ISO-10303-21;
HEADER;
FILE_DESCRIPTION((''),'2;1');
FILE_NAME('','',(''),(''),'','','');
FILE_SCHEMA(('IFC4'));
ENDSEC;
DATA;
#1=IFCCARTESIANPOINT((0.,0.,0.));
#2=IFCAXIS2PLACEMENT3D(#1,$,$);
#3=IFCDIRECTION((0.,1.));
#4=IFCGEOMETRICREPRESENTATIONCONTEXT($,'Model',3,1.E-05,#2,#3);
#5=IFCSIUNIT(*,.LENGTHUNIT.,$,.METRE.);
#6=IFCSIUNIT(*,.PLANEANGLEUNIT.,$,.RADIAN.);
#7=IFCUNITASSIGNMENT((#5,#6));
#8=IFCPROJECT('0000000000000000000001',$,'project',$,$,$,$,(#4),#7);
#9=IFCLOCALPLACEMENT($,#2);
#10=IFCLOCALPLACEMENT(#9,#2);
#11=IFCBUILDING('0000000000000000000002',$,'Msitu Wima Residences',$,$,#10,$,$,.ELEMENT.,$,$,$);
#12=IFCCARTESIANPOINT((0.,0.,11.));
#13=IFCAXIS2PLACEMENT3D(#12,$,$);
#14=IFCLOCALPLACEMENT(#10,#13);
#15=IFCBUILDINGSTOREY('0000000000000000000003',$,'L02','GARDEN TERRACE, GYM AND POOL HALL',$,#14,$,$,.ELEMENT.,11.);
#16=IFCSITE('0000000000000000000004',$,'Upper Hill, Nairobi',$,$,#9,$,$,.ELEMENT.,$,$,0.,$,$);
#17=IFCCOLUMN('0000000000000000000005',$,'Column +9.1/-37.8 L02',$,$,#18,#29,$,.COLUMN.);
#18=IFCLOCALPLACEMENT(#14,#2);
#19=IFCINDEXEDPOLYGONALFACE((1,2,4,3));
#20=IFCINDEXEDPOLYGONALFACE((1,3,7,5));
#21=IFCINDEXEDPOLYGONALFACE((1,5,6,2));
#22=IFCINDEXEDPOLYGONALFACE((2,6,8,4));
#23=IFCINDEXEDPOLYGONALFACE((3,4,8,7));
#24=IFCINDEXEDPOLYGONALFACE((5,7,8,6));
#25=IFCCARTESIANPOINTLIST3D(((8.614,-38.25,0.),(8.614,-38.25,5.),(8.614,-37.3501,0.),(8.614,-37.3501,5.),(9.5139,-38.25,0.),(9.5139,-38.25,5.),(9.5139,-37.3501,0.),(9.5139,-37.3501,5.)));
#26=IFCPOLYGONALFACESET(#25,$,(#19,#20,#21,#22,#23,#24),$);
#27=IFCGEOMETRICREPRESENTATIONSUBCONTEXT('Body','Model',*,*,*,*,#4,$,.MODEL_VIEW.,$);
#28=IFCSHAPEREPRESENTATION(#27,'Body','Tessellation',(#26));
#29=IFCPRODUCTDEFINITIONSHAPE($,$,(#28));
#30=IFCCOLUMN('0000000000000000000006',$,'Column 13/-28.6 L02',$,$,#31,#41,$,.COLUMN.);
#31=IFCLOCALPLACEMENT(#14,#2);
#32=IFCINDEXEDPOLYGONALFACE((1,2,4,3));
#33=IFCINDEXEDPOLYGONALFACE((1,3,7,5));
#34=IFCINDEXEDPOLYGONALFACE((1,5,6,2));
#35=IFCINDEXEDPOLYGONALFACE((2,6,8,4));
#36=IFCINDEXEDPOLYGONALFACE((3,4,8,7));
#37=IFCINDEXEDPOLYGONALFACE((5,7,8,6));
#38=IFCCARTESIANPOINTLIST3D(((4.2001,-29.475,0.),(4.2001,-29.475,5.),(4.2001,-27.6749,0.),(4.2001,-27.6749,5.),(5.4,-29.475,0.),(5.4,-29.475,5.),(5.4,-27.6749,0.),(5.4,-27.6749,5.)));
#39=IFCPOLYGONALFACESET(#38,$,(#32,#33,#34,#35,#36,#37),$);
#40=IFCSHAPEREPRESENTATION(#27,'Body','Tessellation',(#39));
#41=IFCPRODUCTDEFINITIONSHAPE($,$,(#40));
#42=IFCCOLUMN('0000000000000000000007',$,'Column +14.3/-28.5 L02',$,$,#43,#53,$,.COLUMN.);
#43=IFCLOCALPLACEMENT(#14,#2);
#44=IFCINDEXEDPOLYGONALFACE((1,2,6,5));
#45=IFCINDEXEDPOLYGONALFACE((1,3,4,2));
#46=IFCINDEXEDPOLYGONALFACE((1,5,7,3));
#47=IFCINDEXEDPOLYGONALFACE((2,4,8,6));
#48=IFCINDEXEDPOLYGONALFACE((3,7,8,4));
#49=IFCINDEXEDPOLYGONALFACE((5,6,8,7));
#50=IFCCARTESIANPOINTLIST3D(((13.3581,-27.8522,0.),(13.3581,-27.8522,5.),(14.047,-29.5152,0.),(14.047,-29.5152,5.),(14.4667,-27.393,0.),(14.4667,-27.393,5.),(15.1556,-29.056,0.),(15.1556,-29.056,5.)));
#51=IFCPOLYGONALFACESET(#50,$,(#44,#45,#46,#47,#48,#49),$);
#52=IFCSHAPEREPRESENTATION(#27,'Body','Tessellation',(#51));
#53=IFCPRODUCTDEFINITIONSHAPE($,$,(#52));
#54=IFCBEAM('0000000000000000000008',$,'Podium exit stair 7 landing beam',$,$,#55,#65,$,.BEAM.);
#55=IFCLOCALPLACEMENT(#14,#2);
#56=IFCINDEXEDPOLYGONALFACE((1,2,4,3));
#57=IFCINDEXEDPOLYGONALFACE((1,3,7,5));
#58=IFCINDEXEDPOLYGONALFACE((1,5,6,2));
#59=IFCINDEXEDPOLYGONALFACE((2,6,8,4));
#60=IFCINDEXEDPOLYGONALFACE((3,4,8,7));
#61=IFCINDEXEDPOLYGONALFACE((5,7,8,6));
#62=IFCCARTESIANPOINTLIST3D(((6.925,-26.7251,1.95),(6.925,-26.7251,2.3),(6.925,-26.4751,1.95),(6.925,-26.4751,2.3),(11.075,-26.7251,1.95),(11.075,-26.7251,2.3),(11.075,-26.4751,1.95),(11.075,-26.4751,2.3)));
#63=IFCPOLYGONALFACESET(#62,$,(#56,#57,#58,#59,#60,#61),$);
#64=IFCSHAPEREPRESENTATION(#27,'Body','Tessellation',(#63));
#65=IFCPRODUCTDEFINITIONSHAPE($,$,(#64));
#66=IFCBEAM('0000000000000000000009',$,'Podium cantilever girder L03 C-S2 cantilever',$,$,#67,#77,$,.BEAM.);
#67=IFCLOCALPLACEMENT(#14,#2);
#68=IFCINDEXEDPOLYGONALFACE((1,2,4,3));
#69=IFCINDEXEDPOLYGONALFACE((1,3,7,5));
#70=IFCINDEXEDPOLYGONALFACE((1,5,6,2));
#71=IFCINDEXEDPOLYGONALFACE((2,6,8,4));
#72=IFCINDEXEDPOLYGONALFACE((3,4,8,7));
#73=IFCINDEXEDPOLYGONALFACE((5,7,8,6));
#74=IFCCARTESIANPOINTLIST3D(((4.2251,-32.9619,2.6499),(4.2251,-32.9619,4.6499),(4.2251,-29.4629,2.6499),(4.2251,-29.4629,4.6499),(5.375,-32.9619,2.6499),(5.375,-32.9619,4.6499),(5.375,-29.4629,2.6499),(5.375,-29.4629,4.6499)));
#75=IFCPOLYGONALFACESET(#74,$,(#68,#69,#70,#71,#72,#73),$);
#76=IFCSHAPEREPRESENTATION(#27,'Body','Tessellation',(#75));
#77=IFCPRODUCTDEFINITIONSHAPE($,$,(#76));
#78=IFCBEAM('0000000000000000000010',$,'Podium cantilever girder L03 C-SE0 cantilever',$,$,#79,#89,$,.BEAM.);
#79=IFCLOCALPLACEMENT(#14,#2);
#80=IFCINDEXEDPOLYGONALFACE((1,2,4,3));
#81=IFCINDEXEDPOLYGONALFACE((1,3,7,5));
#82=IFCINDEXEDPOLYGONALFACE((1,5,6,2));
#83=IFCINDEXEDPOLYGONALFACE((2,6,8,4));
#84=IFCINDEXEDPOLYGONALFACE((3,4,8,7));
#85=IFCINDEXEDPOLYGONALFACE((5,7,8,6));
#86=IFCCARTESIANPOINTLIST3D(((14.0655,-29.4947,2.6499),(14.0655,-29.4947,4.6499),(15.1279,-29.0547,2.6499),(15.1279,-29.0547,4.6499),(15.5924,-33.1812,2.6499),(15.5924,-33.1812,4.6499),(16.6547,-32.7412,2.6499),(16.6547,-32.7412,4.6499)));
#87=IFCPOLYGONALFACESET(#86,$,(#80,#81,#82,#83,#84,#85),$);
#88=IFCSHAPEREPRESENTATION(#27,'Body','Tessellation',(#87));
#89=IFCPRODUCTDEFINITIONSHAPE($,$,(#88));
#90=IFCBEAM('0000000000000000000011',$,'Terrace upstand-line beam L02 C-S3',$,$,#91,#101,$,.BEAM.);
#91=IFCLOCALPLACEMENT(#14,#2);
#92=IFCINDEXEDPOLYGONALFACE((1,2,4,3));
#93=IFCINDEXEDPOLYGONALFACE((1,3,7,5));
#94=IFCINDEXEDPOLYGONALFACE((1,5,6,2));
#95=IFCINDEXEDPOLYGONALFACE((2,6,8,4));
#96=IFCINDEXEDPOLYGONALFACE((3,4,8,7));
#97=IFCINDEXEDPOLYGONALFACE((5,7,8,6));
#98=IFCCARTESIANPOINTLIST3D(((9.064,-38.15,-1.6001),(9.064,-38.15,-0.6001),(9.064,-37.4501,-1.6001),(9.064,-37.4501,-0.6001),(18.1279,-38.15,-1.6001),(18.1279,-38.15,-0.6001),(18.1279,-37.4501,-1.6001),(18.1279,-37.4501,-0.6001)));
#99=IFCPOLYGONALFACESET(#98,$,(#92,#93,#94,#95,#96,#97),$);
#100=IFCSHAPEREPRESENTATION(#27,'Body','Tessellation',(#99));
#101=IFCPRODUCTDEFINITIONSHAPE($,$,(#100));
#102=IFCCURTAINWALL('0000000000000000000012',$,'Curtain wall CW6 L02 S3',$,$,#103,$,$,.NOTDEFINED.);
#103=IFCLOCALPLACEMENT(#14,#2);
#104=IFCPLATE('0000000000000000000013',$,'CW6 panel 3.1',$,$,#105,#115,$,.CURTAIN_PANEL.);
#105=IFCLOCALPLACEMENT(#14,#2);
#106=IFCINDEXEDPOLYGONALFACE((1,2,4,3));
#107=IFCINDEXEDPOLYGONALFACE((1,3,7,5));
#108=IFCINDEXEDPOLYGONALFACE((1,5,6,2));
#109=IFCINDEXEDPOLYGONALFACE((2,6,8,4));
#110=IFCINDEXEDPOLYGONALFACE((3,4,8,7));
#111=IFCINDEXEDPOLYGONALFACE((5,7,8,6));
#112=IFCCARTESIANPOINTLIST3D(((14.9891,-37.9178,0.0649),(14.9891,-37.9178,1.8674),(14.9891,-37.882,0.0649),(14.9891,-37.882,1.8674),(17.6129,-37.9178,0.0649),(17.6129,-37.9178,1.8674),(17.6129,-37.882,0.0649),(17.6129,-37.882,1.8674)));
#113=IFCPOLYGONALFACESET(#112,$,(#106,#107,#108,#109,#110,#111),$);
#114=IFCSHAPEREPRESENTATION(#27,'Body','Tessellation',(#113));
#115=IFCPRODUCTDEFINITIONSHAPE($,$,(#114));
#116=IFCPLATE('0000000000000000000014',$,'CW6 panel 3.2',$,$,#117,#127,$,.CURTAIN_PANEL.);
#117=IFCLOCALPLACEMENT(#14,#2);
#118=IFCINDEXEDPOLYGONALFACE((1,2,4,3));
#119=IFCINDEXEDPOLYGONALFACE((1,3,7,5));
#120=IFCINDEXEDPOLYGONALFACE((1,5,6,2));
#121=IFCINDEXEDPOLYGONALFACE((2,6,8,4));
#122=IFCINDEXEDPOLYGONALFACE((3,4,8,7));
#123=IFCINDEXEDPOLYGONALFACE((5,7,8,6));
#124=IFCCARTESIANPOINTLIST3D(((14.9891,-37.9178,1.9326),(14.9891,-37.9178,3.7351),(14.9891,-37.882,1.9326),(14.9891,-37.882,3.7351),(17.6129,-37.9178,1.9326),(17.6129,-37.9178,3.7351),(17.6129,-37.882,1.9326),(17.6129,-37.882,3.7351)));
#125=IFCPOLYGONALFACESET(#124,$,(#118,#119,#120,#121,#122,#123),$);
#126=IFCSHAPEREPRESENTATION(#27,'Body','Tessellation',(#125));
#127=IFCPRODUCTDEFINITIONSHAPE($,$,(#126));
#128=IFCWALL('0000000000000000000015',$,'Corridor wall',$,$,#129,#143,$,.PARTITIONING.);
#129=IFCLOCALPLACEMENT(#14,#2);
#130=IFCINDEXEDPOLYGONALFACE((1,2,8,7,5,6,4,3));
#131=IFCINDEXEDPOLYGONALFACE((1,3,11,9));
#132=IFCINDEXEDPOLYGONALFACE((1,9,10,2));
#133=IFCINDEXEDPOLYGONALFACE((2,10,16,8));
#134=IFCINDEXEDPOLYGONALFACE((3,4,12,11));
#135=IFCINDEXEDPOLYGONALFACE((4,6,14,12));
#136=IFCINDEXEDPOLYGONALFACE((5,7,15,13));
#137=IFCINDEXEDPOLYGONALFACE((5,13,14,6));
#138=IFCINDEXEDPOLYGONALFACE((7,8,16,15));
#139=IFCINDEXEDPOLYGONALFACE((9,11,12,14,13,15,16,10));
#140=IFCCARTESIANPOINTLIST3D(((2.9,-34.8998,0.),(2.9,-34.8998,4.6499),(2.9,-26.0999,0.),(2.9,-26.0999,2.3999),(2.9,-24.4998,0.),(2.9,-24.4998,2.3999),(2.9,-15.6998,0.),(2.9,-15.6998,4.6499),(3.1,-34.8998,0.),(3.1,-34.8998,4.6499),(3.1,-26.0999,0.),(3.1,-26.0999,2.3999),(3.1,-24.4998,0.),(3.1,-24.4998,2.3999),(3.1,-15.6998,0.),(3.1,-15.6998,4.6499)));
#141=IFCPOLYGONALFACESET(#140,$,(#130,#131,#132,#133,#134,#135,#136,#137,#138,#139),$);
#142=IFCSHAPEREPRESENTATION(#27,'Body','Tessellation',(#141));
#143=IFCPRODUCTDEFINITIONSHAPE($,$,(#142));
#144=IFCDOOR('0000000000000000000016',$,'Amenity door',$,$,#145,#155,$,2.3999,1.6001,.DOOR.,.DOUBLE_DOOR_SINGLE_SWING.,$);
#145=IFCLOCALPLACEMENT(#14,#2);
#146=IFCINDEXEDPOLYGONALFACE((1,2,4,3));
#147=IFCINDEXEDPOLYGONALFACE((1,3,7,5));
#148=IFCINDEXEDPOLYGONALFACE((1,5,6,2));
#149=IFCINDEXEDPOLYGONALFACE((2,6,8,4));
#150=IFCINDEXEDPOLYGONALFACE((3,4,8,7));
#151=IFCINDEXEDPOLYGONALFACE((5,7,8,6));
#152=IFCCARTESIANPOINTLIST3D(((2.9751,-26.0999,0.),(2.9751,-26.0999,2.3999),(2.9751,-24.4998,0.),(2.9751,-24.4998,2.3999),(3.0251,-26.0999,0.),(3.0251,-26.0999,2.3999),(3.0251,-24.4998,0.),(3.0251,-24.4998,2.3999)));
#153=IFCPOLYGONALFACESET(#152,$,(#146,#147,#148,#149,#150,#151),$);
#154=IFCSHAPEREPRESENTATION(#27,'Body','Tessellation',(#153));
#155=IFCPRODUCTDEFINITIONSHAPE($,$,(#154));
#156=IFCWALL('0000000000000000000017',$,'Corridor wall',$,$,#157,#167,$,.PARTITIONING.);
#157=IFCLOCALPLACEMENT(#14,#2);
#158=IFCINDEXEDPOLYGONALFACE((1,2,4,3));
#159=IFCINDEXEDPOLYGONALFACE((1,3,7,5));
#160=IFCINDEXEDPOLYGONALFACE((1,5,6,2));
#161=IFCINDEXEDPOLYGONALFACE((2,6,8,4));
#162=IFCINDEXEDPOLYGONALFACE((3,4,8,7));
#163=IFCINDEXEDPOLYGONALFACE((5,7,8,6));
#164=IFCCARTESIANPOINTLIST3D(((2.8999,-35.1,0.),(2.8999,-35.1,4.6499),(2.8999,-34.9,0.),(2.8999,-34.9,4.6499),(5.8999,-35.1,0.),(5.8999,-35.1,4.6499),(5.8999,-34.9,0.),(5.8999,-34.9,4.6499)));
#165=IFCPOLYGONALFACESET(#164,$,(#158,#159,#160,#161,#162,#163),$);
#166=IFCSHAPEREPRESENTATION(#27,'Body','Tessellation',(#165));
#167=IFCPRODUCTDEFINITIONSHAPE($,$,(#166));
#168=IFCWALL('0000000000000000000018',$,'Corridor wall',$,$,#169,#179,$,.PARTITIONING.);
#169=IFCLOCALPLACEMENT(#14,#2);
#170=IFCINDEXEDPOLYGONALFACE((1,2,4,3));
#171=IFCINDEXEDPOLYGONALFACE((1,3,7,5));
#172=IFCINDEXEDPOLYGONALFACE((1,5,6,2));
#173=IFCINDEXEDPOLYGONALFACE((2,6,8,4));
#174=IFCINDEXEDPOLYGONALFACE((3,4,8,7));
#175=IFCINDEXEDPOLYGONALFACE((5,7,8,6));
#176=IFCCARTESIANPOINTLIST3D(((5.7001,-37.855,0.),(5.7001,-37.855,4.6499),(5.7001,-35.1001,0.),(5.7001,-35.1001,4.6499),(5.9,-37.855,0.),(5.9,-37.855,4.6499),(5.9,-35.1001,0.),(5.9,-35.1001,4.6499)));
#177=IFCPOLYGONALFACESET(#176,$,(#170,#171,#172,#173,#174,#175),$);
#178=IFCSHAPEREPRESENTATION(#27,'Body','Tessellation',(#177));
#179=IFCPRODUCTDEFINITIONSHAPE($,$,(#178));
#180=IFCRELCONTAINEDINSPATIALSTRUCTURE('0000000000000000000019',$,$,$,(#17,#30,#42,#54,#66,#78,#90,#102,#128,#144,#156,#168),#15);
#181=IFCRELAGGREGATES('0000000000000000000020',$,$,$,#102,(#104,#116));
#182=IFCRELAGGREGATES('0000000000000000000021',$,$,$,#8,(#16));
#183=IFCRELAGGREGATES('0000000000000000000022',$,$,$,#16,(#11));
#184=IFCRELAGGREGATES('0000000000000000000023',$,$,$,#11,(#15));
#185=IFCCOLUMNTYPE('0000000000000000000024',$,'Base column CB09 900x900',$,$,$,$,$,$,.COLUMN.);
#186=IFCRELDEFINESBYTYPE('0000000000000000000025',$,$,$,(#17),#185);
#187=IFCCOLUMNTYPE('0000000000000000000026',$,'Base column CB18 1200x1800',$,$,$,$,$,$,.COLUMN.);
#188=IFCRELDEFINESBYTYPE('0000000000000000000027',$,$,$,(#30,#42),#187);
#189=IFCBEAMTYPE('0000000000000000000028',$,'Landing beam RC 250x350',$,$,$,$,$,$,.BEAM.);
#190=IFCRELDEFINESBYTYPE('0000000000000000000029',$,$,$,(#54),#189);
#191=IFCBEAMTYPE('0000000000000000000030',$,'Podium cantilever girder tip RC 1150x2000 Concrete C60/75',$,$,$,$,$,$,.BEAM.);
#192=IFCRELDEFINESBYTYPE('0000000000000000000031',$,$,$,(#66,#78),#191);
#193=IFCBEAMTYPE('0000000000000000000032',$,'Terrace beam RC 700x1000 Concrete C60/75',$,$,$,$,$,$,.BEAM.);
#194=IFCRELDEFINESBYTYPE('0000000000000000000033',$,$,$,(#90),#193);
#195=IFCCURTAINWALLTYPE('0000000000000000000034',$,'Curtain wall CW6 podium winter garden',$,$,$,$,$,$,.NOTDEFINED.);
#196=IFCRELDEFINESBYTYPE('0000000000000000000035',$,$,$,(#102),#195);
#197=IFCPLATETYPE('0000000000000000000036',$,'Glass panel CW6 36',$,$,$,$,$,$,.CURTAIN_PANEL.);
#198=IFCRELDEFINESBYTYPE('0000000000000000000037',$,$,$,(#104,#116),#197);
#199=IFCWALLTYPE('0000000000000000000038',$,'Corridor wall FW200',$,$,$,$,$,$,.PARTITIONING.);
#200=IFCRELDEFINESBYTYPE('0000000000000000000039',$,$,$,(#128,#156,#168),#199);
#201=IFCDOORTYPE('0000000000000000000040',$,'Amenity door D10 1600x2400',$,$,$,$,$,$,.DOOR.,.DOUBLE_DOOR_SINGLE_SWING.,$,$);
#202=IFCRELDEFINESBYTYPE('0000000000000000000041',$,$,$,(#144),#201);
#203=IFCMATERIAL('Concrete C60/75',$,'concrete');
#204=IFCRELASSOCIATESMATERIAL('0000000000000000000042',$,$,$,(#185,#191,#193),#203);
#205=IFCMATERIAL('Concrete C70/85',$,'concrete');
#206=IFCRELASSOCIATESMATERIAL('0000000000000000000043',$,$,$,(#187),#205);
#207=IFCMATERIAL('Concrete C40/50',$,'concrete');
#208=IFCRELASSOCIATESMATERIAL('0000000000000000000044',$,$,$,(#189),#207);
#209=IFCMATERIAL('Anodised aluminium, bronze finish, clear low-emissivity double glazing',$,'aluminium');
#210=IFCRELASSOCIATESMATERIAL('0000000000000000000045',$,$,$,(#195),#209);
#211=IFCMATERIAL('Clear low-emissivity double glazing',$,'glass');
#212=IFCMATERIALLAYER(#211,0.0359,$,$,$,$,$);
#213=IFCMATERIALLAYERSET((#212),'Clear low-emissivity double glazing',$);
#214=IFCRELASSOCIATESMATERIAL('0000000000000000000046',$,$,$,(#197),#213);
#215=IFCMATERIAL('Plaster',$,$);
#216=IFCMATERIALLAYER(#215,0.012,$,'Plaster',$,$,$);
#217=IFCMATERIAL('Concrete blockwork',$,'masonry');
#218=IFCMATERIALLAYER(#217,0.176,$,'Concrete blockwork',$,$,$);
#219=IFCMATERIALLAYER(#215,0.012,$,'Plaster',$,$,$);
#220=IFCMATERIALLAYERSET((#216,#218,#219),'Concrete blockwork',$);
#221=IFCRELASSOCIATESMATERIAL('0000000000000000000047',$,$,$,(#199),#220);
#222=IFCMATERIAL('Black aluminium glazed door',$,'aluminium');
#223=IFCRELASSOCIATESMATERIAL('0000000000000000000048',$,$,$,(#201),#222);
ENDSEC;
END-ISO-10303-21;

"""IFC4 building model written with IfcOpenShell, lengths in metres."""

from ifc_helpers import new_model, si_unit, direction, frame, frame_2d, origin, origin_2d, place, context, subcontext, project, spatial, rectangle, extrude, material, layer, layer_set, material_profile, profile_set, type_object, element, fill, aggregate, save


model = new_model("IFC4")

# Units and contexts
model_context = context("Model", 3, precision=1e-05, world=origin(), true_north=direction((0.0, 1.0)))
body_context = subcontext(model_context, "Body", "Model", "MODEL_VIEW")
ifc_project = project(units=[si_unit("LENGTHUNIT", "METRE"), si_unit("PLANEANGLEUNIT", "RADIAN")], contexts=[model_context])

# Site, building, storey
site_placement = place(None, origin())
site = spatial("IfcSite", under=ifc_project, at=site_placement, Name="Upper Hill, Nairobi", CompositionType="ELEMENT", RefElevation=0.0)
building_placement = place(site_placement, origin())
building = spatial("IfcBuilding", under=site, at=building_placement, Name="Msitu Wima Residences", CompositionType="ELEMENT")
storey_placement = place(building_placement, frame((0.0, 0.0, 11.0)))
storey = spatial("IfcBuildingStorey", under=building, at=storey_placement, Name="L02", Description="GARDEN TERRACE, GYM AND POOL HALL", CompositionType="ELEMENT", Elevation=11.0)

# Columns
ifc_material_1 = material(Name="Concrete C60/75", Category="concrete")
ifc_material_profile_1 = material_profile(ifc_material_1, rectangle(XDim=0.8999, YDim=0.8999, at=origin_2d()), Name="RC 900x900")
ifc_profile_set_1 = profile_set([ifc_material_profile_1], Name="Concrete C60/75")
column_type_1 = type_object("IfcColumnType", Name="Base column CB09 900x900", PredefinedType="COLUMN", material=ifc_profile_set_1)
column_placement = place(storey_placement, frame((9.064, -37.8, 0.0), z_axis=(0.0, 0.0, 1.0), x_axis=(1.0, 0.0, 0.0)))
element("IfcColumn", 1, at=column_placement, inside=storey, type_object=column_type_1, Name="Column +9.1/-37.8 L02", PredefinedType="COLUMN", context=body_context, shape_type="SweptSolid", body=[
    extrude(rectangle(XDim=0.8999, YDim=0.8999, at=origin_2d()), origin(), (0.0, 0.0, 1.0), 5.0),
])
ifc_material_2 = material(Name="Concrete C70/85", Category="concrete")
ifc_material_profile_2 = material_profile(ifc_material_2, rectangle(XDim=1.2, YDim=1.8, at=origin_2d()), Name="RC 1200x1800")
ifc_profile_set_2 = profile_set([ifc_material_profile_2], Name="Concrete C70/85")
column_type_2 = type_object("IfcColumnType", Name="Base column CB18 1200x1800", PredefinedType="COLUMN", material=ifc_profile_set_2)
for number, where, z_axis, x_axis, name in (
    (2, (4.8, -28.575, 0.0), (0.0, 0.0, 1.0), (1.0, 0.0, 0.0), "Column 13/-28.6 L02"),
    (3, (14.2568, -28.4541, 0.0), (0.0, 0.0, 1.0), (0.92388, 0.382683, 0.0), "Column +14.3/-28.5 L02"),
):
    element("IfcColumn", number, at=place(storey_placement, frame(where, z_axis=z_axis, x_axis=x_axis)), inside=storey, type_object=column_type_2, Name=name, PredefinedType="COLUMN", context=body_context, shape_type="SweptSolid", body=[
        extrude(rectangle(XDim=1.2, YDim=1.8, at=origin_2d()), origin(), (0.0, 0.0, 1.0), 5.0),
    ])

# Beams
ifc_material_3 = material(Name="Concrete C40/50", Category="concrete")
ifc_material_profile_3 = material_profile(ifc_material_3, rectangle(XDim=0.25, YDim=0.3501, at=origin_2d()), Name="RC 250x350")
ifc_profile_set_3 = profile_set([ifc_material_profile_3], Name="Concrete C40/50")
beam_type_1 = type_object("IfcBeamType", Name="Landing beam RC 250x350", PredefinedType="BEAM", material=ifc_profile_set_3)
beam_1_placement = place(storey_placement, frame((6.925, -26.6001, 2.125), z_axis=(1.0, 0.0, 0.0), x_axis=(0.0, 1.0, 0.0)))
element("IfcBeam", 4, at=beam_1_placement, inside=storey, type_object=beam_type_1, Name="Podium exit stair 7 landing beam", PredefinedType="BEAM", context=body_context, shape_type="SweptSolid", body=[
    extrude(rectangle(XDim=0.25, YDim=0.3501, at=origin_2d()), origin(), (0.0, 0.0, 1.0), 4.1499),
])
ifc_material_profile_4 = material_profile(ifc_material_1, rectangle(XDim=1.1499, YDim=2.0, at=origin_2d()), Name="RC 1150x2000")
ifc_profile_set_4 = profile_set([ifc_material_profile_4], Name="Concrete C60/75")
beam_type_2 = type_object("IfcBeamType", Name="Podium cantilever girder tip RC 1150x2000 Concrete C60/75", PredefinedType="BEAM", material=ifc_profile_set_4)
beam_2_placement = place(storey_placement, frame((4.8, -29.4629, 3.6499), z_axis=(0.0, -1.0, 0.0), x_axis=(1.0, 0.0, 0.0)))
element("IfcBeam", 5, at=beam_2_placement, inside=storey, type_object=beam_type_2, Name="Podium cantilever girder L03 C-S2 cantilever", PredefinedType="BEAM", context=body_context, shape_type="SweptSolid", body=[
    extrude(rectangle(XDim=1.1499, YDim=2.0, at=origin_2d()), origin(), (0.0, 0.0, 1.0), 3.499),
])
beam_3_placement = place(storey_placement, frame((14.5967, -29.2747, 3.6499), z_axis=(0.382651, -0.923893, 0.0), x_axis=(0.923893, 0.382651, 0.0)))
element("IfcBeam", 6, at=beam_3_placement, inside=storey, type_object=beam_type_2, Name="Podium cantilever girder L03 C-SE0 cantilever", PredefinedType="BEAM", context=body_context, shape_type="SweptSolid", body=[
    extrude(rectangle(XDim=1.1499, YDim=2.0, at=origin_2d()), origin(), (0.0, 0.0, 1.0), 3.9902),
])
ifc_material_profile_5 = material_profile(ifc_material_1, rectangle(XDim=0.7, YDim=1.0, at=origin_2d()), Name="RC 700x1000")
ifc_profile_set_5 = profile_set([ifc_material_profile_5], Name="Concrete C60/75")
beam_type_3 = type_object("IfcBeamType", Name="Terrace beam RC 700x1000 Concrete C60/75", PredefinedType="BEAM", material=ifc_profile_set_5)
beam_4_placement = place(storey_placement, frame((9.064, -37.8, -1.1001), z_axis=(1.0, 0.0, 0.0), x_axis=(0.0, 1.0, 0.0)))
element("IfcBeam", 7, at=beam_4_placement, inside=storey, type_object=beam_type_3, Name="Terrace upstand-line beam L02 C-S3", PredefinedType="BEAM", context=body_context, shape_type="SweptSolid", body=[
    extrude(rectangle(XDim=0.7, YDim=1.0, at=origin_2d()), origin(), (0.0, 0.0, 1.0), 9.064),
])

# Curtain wall, plates
ifc_material_4 = material(Name="Anodised aluminium, bronze finish, clear low-emissivity double glazing", Category="aluminium")
curtain_wall_type = type_object("IfcCurtainWallType", Name="Curtain wall CW6 podium winter garden", PredefinedType="NOTDEFINED", material=ifc_material_4)
curtain_wall_placement = place(storey_placement, origin())
curtain_wall = element("IfcCurtainWall", 8, at=curtain_wall_placement, inside=storey, type_object=curtain_wall_type, Name="Curtain wall CW6 L02 S3", PredefinedType="NOTDEFINED")
ifc_material_5 = material(Name="Clear low-emissivity double glazing", Category="glass")
ifc_layer_1 = layer(ifc_material_5, 0.0359)
ifc_layer_set_1 = layer_set([ifc_layer_1], Name="Clear low-emissivity double glazing")
plate_type = type_object("IfcPlateType", Name="Glass panel CW6 36", PredefinedType="CURTAIN_PANEL", material=ifc_layer_set_1)
plate_1_placement = place(storey_placement, frame((16.301, -37.8999, 0.0649), z_axis=(0.0, 0.0, 1.0), x_axis=(1.0, 0.0, 0.0)))
plate_1 = element("IfcPlate", 9, at=plate_1_placement, type_object=plate_type, Name="CW6 panel 3.1", PredefinedType="CURTAIN_PANEL", context=body_context, shape_type="SweptSolid", body=[
    extrude(rectangle(XDim=2.6238, YDim=0.0359, at=origin_2d()), origin(), (0.0, 0.0, 1.0), 1.8025),
])
plate_2_placement = place(storey_placement, frame((16.301, -37.8999, 1.9326), z_axis=(0.0, 0.0, 1.0), x_axis=(1.0, 0.0, 0.0)))
plate_2 = element("IfcPlate", 10, at=plate_2_placement, type_object=plate_type, Name="CW6 panel 3.2", PredefinedType="CURTAIN_PANEL", context=body_context, shape_type="SweptSolid", body=[
    extrude(rectangle(XDim=2.6238, YDim=0.0359, at=origin_2d()), origin(), (0.0, 0.0, 1.0), 1.8025),
])
aggregate(curtain_wall, [plate_1, plate_2])

# Wall, opening, door
ifc_material_6 = material(Name="Plaster")
ifc_layer_2 = layer(ifc_material_6, 0.012, Name="Plaster")
ifc_material_7 = material(Name="Concrete blockwork", Category="masonry")
ifc_layer_3 = layer(ifc_material_7, 0.176, Name="Concrete blockwork")
ifc_layer_4 = layer(ifc_material_6, 0.012, Name="Plaster")
ifc_layer_set_2 = layer_set([ifc_layer_2, ifc_layer_3, ifc_layer_4], Name="Concrete blockwork")
wall_type_1 = type_object("IfcWallType", Name="Corridor wall FW200", PredefinedType="PARTITIONING", material=ifc_layer_set_2)
wall_1_placement = place(storey_placement, frame((3.0, -34.8999, 0.0), z_axis=(0.0, 0.0, 1.0), x_axis=(0.0, 1.0, 0.0)))
wall_1 = element("IfcWall", 11, at=wall_1_placement, inside=storey, type_object=wall_type_1, Name="Corridor wall", PredefinedType="PARTITIONING", context=body_context, shape_type="SweptSolid", body=[
    extrude(rectangle(XDim=19.2, YDim=0.2, at=frame_2d((9.6001, 0.0))), origin(), (0.0, 0.0, 1.0), 4.6499),
])
opening_placement = place(wall_1_placement, frame((8.8, 0.0, 0.0)))
opening = element("IfcOpeningElement", 12, at=opening_placement, cuts=wall_1, PredefinedType="OPENING", context=body_context, shape_type="SweptSolid", body=[
    extrude(rectangle(XDim=1.6001, YDim=2.3999, at=frame_2d((0.8, 1.2))), frame((0.0, 0.1099, 0.0), z_axis=(0.0, -1.0, 0.0), x_axis=(1.0, 0.0, 0.0)), (0.0, 0.0, 1.0), 0.22),
])
ifc_material_8 = material(Name="Black aluminium glazed door", Category="aluminium")
door_type = type_object("IfcDoorType", Name="Amenity door D10 1600x2400", OperationType="DOUBLE_DOOR_SINGLE_SWING", PredefinedType="DOOR", material=ifc_material_8)
door_placement = place(opening_placement, origin())
door = element("IfcDoor", 13, at=door_placement, inside=storey, type_object=door_type, Name="Amenity door", OperationType="DOUBLE_DOOR_SINGLE_SWING", OverallHeight=2.3999, OverallWidth=1.6001, PredefinedType="DOOR", context=body_context, shape_type="SweptSolid", body=[
    extrude(rectangle(XDim=1.6001, YDim=2.3999, at=frame_2d((0.8, 1.2))), frame((0.0, 0.0249, 0.0), z_axis=(0.0, -1.0, 0.0), x_axis=(1.0, 0.0, 0.0)), (0.0, 0.0, 1.0), 0.05),
])
fill(opening, door)

# Walls
wall_2_placement = place(storey_placement, frame((2.8999, -35.0, 0.0), z_axis=(0.0, 0.0, 1.0), x_axis=(1.0, 0.0, 0.0)))
element("IfcWall", 14, at=wall_2_placement, inside=storey, type_object=wall_type_1, Name="Corridor wall", PredefinedType="PARTITIONING", context=body_context, shape_type="SweptSolid", body=[
    extrude(rectangle(XDim=3.0, YDim=0.2, at=frame_2d((1.5, 0.0))), origin(), (0.0, 0.0, 1.0), 4.6499),
])
wall_3_placement = place(storey_placement, frame((5.8, -37.855, 0.0), z_axis=(0.0, 0.0, 1.0), x_axis=(0.0, 1.0, 0.0)))
element("IfcWall", 15, at=wall_3_placement, inside=storey, type_object=wall_type_1, Name="Corridor wall", PredefinedType="PARTITIONING", context=body_context, shape_type="SweptSolid", body=[
    extrude(rectangle(XDim=2.7549, YDim=0.2, at=frame_2d((1.3774, 0.0))), origin(), (0.0, 0.0, 1.0), 4.6499),
])

save(model, "model.ifc")
